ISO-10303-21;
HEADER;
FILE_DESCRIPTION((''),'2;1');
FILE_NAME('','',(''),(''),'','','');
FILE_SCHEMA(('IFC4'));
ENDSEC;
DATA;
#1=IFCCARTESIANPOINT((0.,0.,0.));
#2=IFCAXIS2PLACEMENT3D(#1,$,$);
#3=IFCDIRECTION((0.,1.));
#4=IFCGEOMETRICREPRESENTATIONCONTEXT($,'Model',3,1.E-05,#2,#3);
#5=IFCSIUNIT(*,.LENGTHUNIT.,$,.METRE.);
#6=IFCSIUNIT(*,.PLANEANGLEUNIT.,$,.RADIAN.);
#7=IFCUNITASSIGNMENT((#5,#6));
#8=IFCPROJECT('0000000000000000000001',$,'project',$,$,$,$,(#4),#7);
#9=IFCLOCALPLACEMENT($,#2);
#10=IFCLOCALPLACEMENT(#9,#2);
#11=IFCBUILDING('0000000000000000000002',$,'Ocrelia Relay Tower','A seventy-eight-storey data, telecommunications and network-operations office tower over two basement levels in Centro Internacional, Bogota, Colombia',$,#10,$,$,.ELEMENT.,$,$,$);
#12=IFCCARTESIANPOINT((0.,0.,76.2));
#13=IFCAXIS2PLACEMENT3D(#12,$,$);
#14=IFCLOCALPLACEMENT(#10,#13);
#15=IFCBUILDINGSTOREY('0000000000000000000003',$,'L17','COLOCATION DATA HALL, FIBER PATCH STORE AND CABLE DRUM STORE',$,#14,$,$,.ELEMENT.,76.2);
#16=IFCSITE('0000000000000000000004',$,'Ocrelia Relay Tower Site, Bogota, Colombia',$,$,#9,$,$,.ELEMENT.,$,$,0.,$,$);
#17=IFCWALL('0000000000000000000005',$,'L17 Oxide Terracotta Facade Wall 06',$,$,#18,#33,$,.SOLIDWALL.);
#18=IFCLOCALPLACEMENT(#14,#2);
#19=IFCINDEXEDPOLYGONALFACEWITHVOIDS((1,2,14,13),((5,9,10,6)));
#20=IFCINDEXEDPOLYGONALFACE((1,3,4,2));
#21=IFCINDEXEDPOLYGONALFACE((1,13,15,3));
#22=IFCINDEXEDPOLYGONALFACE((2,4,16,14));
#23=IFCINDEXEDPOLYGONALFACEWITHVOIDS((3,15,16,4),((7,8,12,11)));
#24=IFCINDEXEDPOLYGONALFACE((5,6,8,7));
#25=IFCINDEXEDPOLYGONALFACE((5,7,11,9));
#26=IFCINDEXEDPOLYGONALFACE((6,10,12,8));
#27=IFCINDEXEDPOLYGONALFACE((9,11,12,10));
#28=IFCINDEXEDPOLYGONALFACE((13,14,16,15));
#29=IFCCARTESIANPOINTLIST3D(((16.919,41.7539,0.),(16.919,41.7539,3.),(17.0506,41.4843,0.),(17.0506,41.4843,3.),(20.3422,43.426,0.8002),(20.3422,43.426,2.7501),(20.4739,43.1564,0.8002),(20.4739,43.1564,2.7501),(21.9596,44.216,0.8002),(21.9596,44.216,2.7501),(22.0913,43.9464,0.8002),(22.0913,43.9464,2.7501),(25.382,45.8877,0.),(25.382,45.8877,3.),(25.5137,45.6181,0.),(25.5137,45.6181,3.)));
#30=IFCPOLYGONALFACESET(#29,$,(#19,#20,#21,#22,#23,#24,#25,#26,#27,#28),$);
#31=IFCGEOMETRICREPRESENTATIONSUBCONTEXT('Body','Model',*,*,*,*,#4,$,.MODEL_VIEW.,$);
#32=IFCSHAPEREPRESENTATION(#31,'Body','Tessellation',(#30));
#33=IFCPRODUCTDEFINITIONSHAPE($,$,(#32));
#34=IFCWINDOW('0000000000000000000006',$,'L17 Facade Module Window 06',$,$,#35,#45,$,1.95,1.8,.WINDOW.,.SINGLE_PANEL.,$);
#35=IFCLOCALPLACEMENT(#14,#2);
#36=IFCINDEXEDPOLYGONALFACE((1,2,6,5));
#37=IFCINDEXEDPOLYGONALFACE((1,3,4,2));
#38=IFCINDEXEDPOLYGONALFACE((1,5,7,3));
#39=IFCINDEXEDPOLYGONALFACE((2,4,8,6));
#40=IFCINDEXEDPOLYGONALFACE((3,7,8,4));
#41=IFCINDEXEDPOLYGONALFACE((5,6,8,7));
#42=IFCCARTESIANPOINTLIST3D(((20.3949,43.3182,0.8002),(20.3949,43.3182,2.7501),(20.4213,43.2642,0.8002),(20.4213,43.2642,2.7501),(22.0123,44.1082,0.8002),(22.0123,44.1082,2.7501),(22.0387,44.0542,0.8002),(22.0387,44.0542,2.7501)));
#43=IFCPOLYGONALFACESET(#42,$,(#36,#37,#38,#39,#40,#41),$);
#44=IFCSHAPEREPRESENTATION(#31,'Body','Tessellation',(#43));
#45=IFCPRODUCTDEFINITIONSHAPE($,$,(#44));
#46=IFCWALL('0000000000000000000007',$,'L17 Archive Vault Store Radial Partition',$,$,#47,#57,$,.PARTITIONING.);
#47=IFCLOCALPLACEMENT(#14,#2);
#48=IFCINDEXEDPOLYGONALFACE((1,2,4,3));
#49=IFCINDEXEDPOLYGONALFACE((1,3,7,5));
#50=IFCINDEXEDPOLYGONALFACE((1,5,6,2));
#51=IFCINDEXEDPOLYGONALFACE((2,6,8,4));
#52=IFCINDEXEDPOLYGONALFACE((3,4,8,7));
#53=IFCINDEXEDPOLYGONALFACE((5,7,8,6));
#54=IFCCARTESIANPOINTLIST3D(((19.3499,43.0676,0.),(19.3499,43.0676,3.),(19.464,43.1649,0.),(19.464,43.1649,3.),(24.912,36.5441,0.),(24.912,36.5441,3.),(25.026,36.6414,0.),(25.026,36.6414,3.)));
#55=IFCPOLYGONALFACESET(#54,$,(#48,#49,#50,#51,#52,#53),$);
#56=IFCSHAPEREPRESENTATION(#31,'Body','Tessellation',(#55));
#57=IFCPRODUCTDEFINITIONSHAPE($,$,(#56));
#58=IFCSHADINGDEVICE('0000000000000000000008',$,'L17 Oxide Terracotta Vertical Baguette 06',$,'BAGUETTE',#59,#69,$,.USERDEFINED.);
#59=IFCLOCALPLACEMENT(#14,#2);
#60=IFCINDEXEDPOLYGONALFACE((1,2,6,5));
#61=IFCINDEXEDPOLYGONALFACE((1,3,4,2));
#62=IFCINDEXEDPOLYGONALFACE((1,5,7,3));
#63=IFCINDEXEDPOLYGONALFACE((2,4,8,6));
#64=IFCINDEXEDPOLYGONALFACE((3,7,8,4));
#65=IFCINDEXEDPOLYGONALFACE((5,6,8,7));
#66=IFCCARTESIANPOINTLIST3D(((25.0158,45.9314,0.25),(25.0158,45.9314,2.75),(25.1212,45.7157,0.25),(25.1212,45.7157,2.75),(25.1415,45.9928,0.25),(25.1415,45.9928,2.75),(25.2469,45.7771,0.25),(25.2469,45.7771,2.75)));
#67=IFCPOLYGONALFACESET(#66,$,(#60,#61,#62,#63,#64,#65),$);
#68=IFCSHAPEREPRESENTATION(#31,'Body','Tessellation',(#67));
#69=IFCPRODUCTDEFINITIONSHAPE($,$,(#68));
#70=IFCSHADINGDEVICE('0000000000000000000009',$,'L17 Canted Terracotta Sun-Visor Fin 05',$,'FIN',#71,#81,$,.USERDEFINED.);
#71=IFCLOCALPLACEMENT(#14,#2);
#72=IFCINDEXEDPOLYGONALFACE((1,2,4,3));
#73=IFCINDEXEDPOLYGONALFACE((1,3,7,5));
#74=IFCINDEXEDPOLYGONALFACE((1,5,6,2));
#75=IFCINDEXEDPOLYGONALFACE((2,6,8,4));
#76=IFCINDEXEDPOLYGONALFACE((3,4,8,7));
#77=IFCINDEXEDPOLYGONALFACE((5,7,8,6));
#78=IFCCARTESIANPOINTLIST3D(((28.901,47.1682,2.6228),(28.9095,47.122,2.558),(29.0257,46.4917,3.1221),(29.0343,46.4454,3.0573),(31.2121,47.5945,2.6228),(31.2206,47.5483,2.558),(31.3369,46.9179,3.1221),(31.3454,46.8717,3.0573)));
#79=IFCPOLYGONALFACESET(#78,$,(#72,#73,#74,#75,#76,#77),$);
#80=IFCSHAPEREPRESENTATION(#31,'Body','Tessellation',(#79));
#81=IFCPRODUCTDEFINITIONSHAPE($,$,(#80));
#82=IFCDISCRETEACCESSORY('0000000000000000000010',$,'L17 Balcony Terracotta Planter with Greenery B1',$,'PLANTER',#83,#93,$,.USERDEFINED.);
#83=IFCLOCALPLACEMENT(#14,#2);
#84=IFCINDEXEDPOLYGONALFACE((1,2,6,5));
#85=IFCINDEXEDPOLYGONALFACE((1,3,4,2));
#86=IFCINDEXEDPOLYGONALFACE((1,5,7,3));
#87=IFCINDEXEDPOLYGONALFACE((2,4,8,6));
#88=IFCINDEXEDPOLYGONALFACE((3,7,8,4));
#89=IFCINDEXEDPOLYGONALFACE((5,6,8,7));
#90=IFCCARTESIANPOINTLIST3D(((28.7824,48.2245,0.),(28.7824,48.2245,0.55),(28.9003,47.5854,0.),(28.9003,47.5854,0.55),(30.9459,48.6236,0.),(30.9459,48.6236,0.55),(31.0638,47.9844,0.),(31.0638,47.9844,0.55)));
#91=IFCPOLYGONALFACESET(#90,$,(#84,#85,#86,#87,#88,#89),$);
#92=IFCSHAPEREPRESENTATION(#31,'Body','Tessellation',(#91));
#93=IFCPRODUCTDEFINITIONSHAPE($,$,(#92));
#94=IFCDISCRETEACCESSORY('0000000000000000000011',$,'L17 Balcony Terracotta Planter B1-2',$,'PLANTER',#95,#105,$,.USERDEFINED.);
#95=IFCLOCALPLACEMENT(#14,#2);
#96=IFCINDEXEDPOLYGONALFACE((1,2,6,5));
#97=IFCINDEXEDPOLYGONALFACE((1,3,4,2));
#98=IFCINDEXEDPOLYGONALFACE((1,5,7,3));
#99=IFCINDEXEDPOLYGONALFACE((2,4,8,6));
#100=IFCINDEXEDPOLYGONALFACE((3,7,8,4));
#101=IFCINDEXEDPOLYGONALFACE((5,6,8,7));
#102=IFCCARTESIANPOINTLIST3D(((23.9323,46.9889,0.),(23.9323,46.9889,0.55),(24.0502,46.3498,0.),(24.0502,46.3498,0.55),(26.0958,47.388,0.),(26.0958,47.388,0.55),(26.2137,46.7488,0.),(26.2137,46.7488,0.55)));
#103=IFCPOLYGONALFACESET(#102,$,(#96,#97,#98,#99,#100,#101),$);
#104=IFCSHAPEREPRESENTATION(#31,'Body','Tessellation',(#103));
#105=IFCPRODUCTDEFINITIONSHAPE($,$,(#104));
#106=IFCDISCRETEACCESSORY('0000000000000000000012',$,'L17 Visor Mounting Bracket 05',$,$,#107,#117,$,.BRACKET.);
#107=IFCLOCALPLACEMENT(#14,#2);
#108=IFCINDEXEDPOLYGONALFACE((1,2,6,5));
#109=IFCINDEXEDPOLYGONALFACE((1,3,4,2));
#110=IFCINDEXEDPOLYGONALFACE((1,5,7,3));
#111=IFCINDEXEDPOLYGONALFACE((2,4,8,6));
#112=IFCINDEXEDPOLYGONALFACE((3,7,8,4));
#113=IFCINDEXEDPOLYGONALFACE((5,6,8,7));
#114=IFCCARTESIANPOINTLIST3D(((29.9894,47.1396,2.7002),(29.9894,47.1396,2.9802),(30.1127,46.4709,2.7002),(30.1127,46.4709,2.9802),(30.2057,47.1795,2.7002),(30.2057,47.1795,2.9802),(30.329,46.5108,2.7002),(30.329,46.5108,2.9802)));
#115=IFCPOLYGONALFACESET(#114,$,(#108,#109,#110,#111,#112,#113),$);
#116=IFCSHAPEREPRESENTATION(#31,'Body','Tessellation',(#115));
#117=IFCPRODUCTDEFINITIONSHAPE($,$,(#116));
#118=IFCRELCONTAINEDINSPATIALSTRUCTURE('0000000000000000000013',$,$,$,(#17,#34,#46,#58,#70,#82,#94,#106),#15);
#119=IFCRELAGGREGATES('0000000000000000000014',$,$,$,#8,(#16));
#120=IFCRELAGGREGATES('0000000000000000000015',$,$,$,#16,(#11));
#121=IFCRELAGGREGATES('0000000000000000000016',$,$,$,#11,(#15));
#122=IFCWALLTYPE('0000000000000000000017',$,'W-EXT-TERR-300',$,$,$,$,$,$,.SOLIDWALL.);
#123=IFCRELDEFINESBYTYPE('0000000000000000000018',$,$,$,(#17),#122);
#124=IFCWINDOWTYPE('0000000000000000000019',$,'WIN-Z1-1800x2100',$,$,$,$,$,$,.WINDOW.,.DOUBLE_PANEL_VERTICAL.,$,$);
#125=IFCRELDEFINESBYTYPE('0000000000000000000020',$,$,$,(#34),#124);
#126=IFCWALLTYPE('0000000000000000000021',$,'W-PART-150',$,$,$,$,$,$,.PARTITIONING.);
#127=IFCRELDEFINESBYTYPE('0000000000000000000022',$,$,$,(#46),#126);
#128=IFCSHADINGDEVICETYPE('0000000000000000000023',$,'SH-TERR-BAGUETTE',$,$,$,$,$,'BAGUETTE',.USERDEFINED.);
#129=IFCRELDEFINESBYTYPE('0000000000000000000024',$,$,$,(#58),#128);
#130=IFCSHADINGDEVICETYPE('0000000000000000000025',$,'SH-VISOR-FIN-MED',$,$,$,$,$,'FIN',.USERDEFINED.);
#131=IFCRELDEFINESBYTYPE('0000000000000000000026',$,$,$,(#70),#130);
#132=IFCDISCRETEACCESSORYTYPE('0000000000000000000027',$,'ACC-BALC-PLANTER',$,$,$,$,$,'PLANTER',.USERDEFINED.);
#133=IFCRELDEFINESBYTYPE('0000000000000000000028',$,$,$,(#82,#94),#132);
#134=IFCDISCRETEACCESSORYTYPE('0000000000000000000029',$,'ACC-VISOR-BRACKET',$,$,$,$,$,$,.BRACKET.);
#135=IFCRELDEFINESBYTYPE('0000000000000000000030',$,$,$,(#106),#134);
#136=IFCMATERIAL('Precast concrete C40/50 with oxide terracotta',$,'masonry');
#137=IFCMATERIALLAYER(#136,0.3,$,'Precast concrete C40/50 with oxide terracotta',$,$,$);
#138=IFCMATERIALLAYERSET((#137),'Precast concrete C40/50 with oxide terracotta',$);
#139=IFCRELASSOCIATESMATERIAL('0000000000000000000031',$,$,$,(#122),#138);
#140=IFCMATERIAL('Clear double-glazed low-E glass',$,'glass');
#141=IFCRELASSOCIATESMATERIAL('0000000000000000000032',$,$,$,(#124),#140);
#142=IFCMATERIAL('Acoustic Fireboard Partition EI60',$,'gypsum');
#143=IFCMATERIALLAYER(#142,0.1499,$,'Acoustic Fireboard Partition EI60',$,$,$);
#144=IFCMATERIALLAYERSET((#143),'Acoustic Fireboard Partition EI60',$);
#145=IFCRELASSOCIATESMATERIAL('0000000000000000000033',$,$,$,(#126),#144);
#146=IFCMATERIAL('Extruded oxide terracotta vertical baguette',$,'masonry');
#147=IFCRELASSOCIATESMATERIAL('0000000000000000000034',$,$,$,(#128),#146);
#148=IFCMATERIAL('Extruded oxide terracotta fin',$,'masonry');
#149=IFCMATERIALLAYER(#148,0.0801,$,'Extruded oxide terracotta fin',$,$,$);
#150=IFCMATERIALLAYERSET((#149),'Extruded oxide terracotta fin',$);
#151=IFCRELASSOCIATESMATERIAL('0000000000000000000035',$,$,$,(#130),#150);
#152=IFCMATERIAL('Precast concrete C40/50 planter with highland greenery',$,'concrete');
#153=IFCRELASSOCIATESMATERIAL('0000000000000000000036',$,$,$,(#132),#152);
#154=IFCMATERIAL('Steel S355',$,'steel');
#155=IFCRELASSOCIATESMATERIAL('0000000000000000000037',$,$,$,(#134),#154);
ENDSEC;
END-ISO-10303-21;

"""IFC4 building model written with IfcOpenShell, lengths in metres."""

from ifc_helpers import new_model, si_unit, direction, frame, frame_2d, origin, origin_2d, place, context, subcontext, project, spatial, rectangle, extrude, material, layer, layer_set, type_object, element, fill, save


model = new_model("IFC4")

# Units and contexts
model_context = context("Model", 3, precision=1e-05, world=origin(), true_north=direction((0.0, 1.0)))
body_context = subcontext(model_context, "Body", "Model", "MODEL_VIEW")
ifc_project = project(units=[si_unit("LENGTHUNIT", "METRE"), si_unit("PLANEANGLEUNIT", "RADIAN")], contexts=[model_context])

# Site, building, storey
site_placement = place(None, origin())
site = spatial("IfcSite", under=ifc_project, at=site_placement, Name="Ocrelia Relay Tower Site, Bogota, Colombia", CompositionType="ELEMENT", RefElevation=0.0)
building_placement = place(site_placement, origin())
building = spatial("IfcBuilding", under=site, at=building_placement, Name="Ocrelia Relay Tower", Description="A seventy-eight-storey data, telecommunications and network-operations office tower over two basement levels in Centro Internacional, Bogota, Colombia", CompositionType="ELEMENT")
storey_placement = place(building_placement, frame((0.0, 0.0, 76.2)))
storey = spatial("IfcBuildingStorey", under=building, at=storey_placement, Name="L17", Description="COLOCATION DATA HALL, FIBER PATCH STORE AND CABLE DRUM STORE", CompositionType="ELEMENT", Elevation=76.2)

# Shared definitions
ifc_material_1 = material(Name="Steel S355", Category="steel")

# Wall, opening, window
ifc_material_2 = material(Name="Precast concrete C40/50 with oxide terracotta", Category="masonry")
ifc_layer_1 = layer(ifc_material_2, 0.3, Name="Precast concrete C40/50 with oxide terracotta")
ifc_layer_set_1 = layer_set([ifc_layer_1], Name="Precast concrete C40/50 with oxide terracotta")
wall_type_1 = type_object("IfcWallType", Name="W-EXT-TERR-300", PredefinedType="SOLIDWALL", material=ifc_layer_set_1)
wall_1_placement = place(storey_placement, frame((25.448, 45.7529, 0.0), z_axis=(0.0, 0.0, 1.0), x_axis=(-0.898541, -0.438889, 0.0)))
wall_1 = element("IfcWall", 1, at=wall_1_placement, inside=storey, type_object=wall_type_1, Name="L17 Oxide Terracotta Facade Wall 06", PredefinedType="SOLIDWALL", context=body_context, shape_type="SweptSolid", body=[
    extrude(rectangle(XDim=9.4187, YDim=0.3, at=frame_2d((4.7095, 0.0))), origin(), (0.0, 0.0, 1.0), 3.0),
])
opening_1_placement = place(wall_1_placement, frame((3.8091, 0.0, 0.8)))
opening_1 = element("IfcOpeningElement", 2, at=opening_1_placement, cuts=wall_1, PredefinedType="OPENING", context=body_context, shape_type="SweptSolid", body=[
    extrude(rectangle(XDim=1.8, YDim=1.95, at=frame_2d((0.8999, 0.9751))), frame((0.0, 0.1602, 0.0), z_axis=(0.0, -1.0, 0.0), x_axis=(1.0, 0.0, 0.0)), (0.0, 0.0, 1.0), 0.3201),
])
ifc_material_3 = material(Name="Clear double-glazed low-E glass", Category="glass")
window_type = type_object("IfcWindowType", Name="WIN-Z1-1800x2100", PartitioningType="DOUBLE_PANEL_VERTICAL", PredefinedType="WINDOW", material=ifc_material_3)
window_placement = place(opening_1_placement, origin())
window = element("IfcWindow", 3, at=window_placement, inside=storey, type_object=window_type, Name="L17 Facade Module Window 06", OverallHeight=1.95, OverallWidth=1.8, PartitioningType="SINGLE_PANEL", PredefinedType="WINDOW", context=body_context, shape_type="SweptSolid", body=[
    extrude(rectangle(XDim=1.8, YDim=1.95, at=frame_2d((0.8999, 0.9751))), frame((0.0, 0.03, 0.0), z_axis=(0.0, -1.0, 0.0), x_axis=(1.0, 0.0, 0.0)), (0.0, 0.0, 1.0), 0.0601),
])
fill(opening_1, window)

# Wall
ifc_material_4 = material(Name="Acoustic Fireboard Partition EI60", Category="gypsum")
ifc_layer_2 = layer(ifc_material_4, 0.1499, Name="Acoustic Fireboard Partition EI60")
ifc_layer_set_2 = layer_set([ifc_layer_2], Name="Acoustic Fireboard Partition EI60")
wall_type_2 = type_object("IfcWallType", Name="W-PART-150", PredefinedType="PARTITIONING", material=ifc_layer_set_2)
wall_2_placement = place(storey_placement, frame((24.969, 36.5928, 0.0), z_axis=(0.0, 0.0, 1.0), x_axis=(-0.648805, 0.760955, 0.0)))
element("IfcWall", 4, at=wall_2_placement, inside=storey, type_object=wall_type_2, Name="L17 Archive Vault Store Radial Partition", PredefinedType="PARTITIONING", context=body_context, shape_type="SweptSolid", body=[
    extrude(rectangle(XDim=8.5728, YDim=0.1499, at=frame_2d((4.2864, 0.0))), origin(), (0.0, 0.0, 1.0), 3.0),
])

# Shading devices
ifc_material_5 = material(Name="Extruded oxide terracotta vertical baguette", Category="masonry")
shading_device_type_1 = type_object("IfcShadingDeviceType", Name="SH-TERR-BAGUETTE", ElementType="BAGUETTE", PredefinedType="USERDEFINED", material=ifc_material_5)
shading_device_1_placement = place(storey_placement, frame((25.1313, 45.8542, 0.25), z_axis=(0.0, 0.0, 1.0), x_axis=(-0.898546, -0.438879, 0.0)))
element("IfcShadingDevice", 5, at=shading_device_1_placement, inside=storey, type_object=shading_device_type_1, Name="L17 Oxide Terracotta Vertical Baguette 06", ObjectType="BAGUETTE", PredefinedType="USERDEFINED", context=body_context, shape_type="SweptSolid", body=[
    extrude(rectangle(XDim=0.1399, YDim=0.24, at=origin_2d()), origin(), (0.0, 0.0, 1.0), 2.5),
])
ifc_material_6 = material(Name="Extruded oxide terracotta fin", Category="masonry")
ifc_layer_3 = layer(ifc_material_6, 0.0801, Name="Extruded oxide terracotta fin")
ifc_layer_set_3 = layer_set([ifc_layer_3], Name="Extruded oxide terracotta fin")
shading_device_type_2 = type_object("IfcShadingDeviceType", Name="SH-VISOR-FIN-MED", ElementType="FIN", PredefinedType="USERDEFINED", material=ifc_layer_set_3)
shading_device_2_placement = place(storey_placement, frame((30.1274, 46.9968, 2.8076), z_axis=(-0.106536, 0.577619, 0.809325), x_axis=(-0.983413, -0.18138, 0.0)))
element("IfcShadingDevice", 6, at=shading_device_2_placement, inside=storey, type_object=shading_device_type_2, Name="L17 Canted Terracotta Sun-Visor Fin 05", ObjectType="FIN", PredefinedType="USERDEFINED", context=body_context, shape_type="SweptSolid", body=[
    extrude(rectangle(XDim=2.3501, YDim=0.8501, at=origin_2d()), origin(), (0.0, 0.0, 1.0), 0.0801),
])

# Discrete accessories
ifc_material_7 = material(Name="Precast concrete C40/50 planter with highland greenery", Category="concrete")
discrete_accessory_type_1 = type_object("IfcDiscreteAccessoryType", Name="ACC-BALC-PLANTER", ElementType="PLANTER", PredefinedType="USERDEFINED", material=ifc_material_7)
for number, where, z_axis, x_axis, name in (
    (7, (29.9231, 48.1045, 0.0), (0.0, 0.0, 1.0), (0.983413, 0.181381, 0.0), "L17 Balcony Terracotta Planter with Greenery B1"),
    (8, (25.073, 46.8689, 0.0), (0.0, 0.0, 1.0), (0.983413, 0.181381, 0.0), "L17 Balcony Terracotta Planter B1-2"),
):
    element("IfcDiscreteAccessory", number, at=place(storey_placement, frame(where, z_axis=z_axis, x_axis=x_axis)), inside=storey, type_object=discrete_accessory_type_1, Name=name, ObjectType="PLANTER", PredefinedType="USERDEFINED", context=body_context, shape_type="SweptSolid", body=[
        extrude(rectangle(XDim=2.2, YDim=0.6499, at=origin_2d()), origin(), (0.0, 0.0, 1.0), 0.55),
    ])
discrete_accessory_type_2 = type_object("IfcDiscreteAccessoryType", Name="ACC-VISOR-BRACKET", PredefinedType="BRACKET", material=ifc_material_1)
discrete_accessory_placement = place(storey_placement, frame((30.1592, 46.8252, 2.7002), z_axis=(0.0, 0.0, 1.0), x_axis=(-0.983413, -0.18138, 0.0)))
element("IfcDiscreteAccessory", 9, at=discrete_accessory_placement, inside=storey, type_object=discrete_accessory_type_2, Name="L17 Visor Mounting Bracket 05", PredefinedType="BRACKET", context=body_context, shape_type="SweptSolid", body=[
    extrude(rectangle(XDim=0.22, YDim=0.6799, at=origin_2d()), origin(), (0.0, 0.0, 1.0), 0.28),
])

save(model, "model.ifc")
